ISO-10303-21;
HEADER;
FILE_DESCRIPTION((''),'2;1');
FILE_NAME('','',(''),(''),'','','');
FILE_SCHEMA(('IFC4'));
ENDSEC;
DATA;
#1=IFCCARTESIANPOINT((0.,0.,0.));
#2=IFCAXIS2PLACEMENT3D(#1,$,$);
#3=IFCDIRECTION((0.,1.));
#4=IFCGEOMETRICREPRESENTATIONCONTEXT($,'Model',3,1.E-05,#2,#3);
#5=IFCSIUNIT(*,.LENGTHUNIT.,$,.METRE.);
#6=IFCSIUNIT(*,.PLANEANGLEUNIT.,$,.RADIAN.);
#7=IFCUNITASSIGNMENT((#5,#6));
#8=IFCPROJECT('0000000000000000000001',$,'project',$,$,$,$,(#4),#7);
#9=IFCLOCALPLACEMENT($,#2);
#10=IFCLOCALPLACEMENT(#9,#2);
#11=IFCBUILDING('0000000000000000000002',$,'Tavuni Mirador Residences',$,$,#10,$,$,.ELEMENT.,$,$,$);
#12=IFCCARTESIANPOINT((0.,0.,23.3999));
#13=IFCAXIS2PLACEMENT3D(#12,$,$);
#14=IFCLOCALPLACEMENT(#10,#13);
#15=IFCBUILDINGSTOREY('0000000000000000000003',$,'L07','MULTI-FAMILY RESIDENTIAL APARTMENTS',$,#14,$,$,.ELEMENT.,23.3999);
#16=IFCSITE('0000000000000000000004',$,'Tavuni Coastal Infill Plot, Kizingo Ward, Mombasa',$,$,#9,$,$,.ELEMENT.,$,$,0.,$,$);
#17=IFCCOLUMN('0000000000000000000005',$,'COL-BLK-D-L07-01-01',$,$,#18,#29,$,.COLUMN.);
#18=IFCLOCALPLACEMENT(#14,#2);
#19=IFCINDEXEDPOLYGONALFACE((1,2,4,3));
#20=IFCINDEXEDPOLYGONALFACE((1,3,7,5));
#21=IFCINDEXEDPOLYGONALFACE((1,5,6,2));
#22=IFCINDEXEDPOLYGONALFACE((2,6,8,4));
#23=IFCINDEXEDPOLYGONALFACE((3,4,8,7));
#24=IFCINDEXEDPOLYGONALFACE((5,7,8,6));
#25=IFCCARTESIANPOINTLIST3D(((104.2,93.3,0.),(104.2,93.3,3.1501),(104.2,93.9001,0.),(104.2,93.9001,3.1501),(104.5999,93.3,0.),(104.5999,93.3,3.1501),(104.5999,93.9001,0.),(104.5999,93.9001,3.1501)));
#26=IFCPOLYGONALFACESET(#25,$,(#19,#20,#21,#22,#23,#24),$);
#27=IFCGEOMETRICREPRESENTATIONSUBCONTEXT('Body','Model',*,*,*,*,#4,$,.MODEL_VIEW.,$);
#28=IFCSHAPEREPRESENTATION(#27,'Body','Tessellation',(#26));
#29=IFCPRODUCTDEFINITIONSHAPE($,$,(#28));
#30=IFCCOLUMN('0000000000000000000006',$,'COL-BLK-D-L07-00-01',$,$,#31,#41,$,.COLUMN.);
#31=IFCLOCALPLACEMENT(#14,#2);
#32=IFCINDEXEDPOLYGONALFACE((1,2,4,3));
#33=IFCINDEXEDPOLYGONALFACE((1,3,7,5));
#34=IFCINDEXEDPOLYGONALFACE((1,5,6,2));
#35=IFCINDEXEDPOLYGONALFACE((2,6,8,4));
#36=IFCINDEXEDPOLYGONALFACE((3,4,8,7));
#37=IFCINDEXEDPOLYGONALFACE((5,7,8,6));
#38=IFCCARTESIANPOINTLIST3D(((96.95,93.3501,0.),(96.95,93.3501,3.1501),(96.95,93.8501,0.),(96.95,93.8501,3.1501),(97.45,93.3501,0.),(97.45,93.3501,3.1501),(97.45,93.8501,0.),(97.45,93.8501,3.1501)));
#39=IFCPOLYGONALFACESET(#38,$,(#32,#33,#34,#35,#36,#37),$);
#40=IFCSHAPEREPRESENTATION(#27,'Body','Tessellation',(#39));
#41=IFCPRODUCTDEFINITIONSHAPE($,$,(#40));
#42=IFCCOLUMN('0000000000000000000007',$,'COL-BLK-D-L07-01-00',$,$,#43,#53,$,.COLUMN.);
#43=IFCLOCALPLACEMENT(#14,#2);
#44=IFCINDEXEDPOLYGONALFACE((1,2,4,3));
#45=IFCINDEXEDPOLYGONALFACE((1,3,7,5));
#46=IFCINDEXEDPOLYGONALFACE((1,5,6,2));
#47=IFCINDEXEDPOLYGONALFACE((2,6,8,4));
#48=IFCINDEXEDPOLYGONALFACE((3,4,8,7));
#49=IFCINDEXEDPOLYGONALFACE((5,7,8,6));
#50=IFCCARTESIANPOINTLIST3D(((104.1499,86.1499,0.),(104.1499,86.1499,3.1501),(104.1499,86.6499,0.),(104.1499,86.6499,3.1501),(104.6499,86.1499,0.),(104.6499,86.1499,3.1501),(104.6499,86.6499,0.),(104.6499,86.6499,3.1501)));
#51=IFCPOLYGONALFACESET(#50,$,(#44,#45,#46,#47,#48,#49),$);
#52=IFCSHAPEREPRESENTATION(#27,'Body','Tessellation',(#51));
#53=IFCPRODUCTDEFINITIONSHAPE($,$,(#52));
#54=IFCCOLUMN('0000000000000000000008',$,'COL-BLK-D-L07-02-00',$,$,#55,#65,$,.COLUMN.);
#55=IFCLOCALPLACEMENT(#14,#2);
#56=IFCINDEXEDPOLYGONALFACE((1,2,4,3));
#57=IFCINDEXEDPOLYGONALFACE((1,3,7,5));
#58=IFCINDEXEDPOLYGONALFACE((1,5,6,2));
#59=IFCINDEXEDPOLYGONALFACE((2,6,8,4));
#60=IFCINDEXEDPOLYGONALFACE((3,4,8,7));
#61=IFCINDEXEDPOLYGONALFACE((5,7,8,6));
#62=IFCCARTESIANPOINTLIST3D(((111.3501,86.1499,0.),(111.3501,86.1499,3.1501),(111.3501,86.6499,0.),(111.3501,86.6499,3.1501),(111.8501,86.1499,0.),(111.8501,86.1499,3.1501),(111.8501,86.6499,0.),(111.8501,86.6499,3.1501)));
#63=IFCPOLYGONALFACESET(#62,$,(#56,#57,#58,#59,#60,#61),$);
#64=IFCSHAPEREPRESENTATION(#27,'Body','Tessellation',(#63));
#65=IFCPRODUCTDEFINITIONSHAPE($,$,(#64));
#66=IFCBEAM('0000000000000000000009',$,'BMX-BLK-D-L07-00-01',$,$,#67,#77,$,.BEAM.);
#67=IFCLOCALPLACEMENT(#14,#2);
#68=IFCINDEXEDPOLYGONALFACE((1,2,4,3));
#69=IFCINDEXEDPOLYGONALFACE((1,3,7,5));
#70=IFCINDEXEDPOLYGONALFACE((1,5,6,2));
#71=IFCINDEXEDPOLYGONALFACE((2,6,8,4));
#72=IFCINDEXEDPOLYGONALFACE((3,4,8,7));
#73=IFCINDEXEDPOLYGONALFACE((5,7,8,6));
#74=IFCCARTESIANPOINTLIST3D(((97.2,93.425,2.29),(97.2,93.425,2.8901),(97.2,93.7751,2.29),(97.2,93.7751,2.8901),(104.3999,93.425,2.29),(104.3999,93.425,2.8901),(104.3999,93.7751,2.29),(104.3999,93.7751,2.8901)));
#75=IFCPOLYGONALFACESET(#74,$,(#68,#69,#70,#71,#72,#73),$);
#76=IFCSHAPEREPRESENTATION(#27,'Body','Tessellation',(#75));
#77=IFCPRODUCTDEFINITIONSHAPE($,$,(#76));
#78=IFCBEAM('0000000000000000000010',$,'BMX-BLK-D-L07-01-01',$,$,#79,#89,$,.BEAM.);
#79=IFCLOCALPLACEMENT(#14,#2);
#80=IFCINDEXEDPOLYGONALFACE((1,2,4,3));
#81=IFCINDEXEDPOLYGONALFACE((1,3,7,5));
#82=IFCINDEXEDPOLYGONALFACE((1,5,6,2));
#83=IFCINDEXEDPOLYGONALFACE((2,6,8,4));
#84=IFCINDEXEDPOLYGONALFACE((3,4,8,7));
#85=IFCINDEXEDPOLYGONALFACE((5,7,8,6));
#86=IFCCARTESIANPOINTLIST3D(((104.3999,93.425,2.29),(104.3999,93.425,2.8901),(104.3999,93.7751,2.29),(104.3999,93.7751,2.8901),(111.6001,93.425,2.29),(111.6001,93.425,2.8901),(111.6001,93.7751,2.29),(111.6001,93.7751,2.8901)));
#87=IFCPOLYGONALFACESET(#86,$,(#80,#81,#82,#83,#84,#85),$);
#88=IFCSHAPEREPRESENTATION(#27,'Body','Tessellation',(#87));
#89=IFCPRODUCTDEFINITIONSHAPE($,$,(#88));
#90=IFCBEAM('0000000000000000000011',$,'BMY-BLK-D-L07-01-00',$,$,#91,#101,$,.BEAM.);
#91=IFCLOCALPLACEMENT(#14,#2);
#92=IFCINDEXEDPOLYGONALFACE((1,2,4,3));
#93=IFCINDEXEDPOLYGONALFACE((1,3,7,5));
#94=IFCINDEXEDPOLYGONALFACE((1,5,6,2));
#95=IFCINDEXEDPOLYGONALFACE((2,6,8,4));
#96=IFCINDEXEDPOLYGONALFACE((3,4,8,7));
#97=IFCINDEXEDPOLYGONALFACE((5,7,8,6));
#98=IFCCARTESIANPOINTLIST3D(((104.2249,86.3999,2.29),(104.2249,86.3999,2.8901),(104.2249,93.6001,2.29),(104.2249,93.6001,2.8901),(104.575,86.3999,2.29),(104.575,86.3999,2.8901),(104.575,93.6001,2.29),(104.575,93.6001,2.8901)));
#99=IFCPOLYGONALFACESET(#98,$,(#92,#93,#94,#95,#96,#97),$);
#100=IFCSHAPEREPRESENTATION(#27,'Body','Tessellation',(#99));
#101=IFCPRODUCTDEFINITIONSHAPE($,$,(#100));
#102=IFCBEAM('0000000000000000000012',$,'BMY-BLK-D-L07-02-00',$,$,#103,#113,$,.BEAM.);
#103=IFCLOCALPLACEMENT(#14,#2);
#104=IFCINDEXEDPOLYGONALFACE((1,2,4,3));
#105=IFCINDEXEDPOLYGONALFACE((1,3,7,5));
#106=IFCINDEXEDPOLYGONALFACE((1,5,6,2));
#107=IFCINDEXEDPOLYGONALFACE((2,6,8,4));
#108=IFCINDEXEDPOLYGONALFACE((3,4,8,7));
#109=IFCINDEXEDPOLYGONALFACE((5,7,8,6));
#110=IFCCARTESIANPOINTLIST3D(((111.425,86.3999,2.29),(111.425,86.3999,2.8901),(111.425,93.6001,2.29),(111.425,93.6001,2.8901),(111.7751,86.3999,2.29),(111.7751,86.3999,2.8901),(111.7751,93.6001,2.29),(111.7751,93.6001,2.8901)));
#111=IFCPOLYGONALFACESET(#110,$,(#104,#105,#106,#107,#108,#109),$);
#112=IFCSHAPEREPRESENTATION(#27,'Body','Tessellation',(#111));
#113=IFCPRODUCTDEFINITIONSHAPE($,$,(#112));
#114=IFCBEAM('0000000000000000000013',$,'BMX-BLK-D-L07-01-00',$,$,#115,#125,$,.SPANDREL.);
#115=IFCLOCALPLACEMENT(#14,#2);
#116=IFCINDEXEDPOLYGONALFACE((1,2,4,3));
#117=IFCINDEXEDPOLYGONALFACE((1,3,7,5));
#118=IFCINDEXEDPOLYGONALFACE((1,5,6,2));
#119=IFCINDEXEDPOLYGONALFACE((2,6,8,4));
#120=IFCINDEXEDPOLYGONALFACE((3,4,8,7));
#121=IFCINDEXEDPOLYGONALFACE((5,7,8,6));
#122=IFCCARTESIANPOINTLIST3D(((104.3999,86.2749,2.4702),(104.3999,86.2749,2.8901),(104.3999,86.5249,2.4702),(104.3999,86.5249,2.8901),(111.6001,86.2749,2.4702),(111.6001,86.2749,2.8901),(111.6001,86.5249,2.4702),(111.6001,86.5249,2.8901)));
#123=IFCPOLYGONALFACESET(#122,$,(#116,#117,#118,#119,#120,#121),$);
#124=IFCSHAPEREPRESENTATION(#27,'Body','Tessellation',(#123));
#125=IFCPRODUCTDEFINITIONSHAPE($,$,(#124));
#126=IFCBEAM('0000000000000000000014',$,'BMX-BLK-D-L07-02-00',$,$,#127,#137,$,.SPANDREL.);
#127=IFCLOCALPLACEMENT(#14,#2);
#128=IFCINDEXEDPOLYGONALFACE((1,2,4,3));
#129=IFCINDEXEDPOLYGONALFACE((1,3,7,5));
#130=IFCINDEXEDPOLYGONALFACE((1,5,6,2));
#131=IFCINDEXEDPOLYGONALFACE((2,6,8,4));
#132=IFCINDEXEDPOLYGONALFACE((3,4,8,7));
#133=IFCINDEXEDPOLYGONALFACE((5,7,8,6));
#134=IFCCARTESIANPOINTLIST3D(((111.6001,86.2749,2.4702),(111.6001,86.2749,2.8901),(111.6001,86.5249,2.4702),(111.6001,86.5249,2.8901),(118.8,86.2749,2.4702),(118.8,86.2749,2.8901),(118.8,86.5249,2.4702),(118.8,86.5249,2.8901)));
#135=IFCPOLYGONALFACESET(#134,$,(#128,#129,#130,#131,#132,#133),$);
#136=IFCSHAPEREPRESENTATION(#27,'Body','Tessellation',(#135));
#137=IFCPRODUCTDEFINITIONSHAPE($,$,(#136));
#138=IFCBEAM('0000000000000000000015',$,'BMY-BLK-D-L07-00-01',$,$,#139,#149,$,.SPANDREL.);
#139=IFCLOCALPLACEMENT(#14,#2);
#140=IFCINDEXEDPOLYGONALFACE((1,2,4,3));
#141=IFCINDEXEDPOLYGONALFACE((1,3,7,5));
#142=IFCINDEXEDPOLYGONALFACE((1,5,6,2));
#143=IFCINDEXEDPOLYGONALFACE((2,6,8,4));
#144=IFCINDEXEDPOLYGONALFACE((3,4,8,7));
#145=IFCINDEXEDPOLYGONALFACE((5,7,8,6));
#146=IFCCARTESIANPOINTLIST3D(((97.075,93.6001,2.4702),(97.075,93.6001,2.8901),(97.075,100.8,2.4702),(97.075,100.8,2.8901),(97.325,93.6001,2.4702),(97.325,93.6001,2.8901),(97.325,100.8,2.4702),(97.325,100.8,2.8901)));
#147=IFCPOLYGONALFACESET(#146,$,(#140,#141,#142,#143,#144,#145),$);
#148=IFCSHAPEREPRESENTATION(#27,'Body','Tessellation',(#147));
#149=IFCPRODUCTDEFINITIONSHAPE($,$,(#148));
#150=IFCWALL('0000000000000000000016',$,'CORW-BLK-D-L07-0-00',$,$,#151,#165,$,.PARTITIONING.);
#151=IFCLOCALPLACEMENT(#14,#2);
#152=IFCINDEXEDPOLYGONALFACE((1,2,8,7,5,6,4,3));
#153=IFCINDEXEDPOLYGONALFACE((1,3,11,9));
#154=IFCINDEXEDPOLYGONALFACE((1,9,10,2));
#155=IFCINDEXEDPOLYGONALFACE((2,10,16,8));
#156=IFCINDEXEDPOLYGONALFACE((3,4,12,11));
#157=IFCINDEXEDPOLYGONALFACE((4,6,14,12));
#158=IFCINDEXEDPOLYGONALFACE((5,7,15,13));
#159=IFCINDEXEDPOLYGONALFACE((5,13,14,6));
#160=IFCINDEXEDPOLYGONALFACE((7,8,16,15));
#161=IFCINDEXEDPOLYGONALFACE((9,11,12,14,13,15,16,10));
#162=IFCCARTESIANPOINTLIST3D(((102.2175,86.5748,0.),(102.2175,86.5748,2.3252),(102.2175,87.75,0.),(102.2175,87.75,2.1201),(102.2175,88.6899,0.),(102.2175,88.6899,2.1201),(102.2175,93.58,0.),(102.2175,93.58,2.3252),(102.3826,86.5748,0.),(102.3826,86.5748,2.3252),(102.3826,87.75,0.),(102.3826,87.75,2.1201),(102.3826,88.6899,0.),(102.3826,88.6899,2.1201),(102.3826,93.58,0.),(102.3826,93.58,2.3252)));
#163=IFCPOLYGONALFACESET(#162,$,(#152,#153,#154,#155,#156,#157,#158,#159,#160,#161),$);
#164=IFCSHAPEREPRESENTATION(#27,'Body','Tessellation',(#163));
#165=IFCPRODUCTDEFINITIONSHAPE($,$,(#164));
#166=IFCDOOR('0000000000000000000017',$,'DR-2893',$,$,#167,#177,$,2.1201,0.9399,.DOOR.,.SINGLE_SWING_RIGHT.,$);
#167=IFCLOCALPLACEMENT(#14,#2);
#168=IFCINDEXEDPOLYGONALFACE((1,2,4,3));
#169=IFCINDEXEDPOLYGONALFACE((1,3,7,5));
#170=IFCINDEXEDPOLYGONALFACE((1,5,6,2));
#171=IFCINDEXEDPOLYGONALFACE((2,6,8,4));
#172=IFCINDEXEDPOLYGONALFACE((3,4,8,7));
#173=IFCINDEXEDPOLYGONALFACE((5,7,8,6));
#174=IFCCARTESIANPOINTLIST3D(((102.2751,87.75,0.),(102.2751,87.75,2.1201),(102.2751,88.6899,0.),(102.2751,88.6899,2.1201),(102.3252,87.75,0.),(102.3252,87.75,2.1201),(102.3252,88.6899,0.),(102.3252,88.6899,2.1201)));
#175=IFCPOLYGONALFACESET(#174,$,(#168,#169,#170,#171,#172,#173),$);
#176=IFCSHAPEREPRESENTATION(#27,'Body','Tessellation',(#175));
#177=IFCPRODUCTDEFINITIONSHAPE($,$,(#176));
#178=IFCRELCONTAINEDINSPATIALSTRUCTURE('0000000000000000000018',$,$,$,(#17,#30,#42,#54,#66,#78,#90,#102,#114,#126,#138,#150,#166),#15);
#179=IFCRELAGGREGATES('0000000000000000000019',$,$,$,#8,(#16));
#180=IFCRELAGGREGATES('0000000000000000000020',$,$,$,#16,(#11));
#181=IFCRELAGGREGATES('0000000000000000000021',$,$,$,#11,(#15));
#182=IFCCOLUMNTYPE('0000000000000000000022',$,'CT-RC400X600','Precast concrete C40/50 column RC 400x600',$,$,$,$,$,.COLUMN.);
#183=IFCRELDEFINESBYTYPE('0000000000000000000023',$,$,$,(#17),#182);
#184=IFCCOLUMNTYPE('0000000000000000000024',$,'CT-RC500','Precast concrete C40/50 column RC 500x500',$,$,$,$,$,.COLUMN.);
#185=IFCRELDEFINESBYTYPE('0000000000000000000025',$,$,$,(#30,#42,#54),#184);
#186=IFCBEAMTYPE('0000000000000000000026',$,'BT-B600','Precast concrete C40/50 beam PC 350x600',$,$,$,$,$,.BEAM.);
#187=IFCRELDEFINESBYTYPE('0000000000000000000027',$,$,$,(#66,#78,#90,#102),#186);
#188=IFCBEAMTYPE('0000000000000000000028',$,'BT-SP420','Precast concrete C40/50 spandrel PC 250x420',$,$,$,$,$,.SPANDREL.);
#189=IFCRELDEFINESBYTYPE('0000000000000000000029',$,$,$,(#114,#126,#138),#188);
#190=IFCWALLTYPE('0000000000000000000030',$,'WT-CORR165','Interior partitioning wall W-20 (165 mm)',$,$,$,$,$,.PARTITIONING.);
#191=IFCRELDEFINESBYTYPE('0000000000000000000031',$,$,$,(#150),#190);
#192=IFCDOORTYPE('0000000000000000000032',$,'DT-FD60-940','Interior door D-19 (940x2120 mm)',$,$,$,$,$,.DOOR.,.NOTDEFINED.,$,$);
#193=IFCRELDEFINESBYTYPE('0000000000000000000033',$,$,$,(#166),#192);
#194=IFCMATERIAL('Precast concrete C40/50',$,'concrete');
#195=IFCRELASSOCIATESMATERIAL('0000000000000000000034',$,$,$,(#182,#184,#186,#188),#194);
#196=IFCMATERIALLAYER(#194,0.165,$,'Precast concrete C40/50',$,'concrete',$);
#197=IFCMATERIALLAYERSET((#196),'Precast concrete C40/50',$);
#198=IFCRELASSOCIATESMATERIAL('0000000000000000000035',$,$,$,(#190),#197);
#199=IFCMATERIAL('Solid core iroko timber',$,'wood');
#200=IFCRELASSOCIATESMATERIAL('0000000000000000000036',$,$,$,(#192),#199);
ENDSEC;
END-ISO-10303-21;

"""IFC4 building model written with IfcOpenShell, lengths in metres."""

from ifc_helpers import new_model, si_unit, direction, frame, frame_2d, origin, origin_2d, place, context, subcontext, project, spatial, rectangle, extrude, material, layer, layer_set, material_profile, profile_set, type_object, element, fill, save


model = new_model("IFC4")

# Units and contexts
model_context = context("Model", 3, precision=1e-05, world=origin(), true_north=direction((0.0, 1.0)))
body_context = subcontext(model_context, "Body", "Model", "MODEL_VIEW")
ifc_project = project(units=[si_unit("LENGTHUNIT", "METRE"), si_unit("PLANEANGLEUNIT", "RADIAN")], contexts=[model_context])

# Site, building, storey
site_placement = place(None, origin())
site = spatial("IfcSite", under=ifc_project, at=site_placement, Name="Tavuni Coastal Infill Plot, Kizingo Ward, Mombasa", CompositionType="ELEMENT", RefElevation=0.0)
building_placement = place(site_placement, origin())
building = spatial("IfcBuilding", under=site, at=building_placement, Name="Tavuni Mirador Residences", CompositionType="ELEMENT")
storey_placement = place(building_placement, frame((0.0, 0.0, 23.3999)))
storey = spatial("IfcBuildingStorey", under=building, at=storey_placement, Name="L07", Description="MULTI-FAMILY RESIDENTIAL APARTMENTS", CompositionType="ELEMENT", Elevation=23.3999)

# Columns
ifc_material_1 = material(Name="Precast concrete C40/50", Category="concrete")
ifc_material_profile_1 = material_profile(ifc_material_1, rectangle(XDim=0.3999, YDim=0.6001, at=origin_2d()), Name="RC 400x600", Category="concrete")
ifc_profile_set_1 = profile_set([ifc_material_profile_1], Name="Precast concrete C40/50")
column_type_1 = type_object("IfcColumnType", Name="CT-RC400X600", Description="Precast concrete C40/50 column RC 400x600", PredefinedType="COLUMN", material=ifc_profile_set_1)
column_placement = place(storey_placement, frame((104.3999, 93.6001, 0.0), z_axis=(0.0, 0.0, 1.0), x_axis=(1.0, 0.0, 0.0)))
element("IfcColumn", 1, at=column_placement, inside=storey, type_object=column_type_1, Name="COL-BLK-D-L07-01-01", PredefinedType="COLUMN", context=body_context, shape_type="SweptSolid", body=[
    extrude(rectangle(XDim=0.3999, YDim=0.6001, at=origin_2d()), origin(), (0.0, 0.0, 1.0), 3.1501),
])
ifc_material_profile_2 = material_profile(ifc_material_1, rectangle(XDim=0.5, YDim=0.5, at=origin_2d()), Name="RC 500x500", Category="concrete")
ifc_profile_set_2 = profile_set([ifc_material_profile_2], Name="Precast concrete C40/50")
column_type_2 = type_object("IfcColumnType", Name="CT-RC500", Description="Precast concrete C40/50 column RC 500x500", PredefinedType="COLUMN", material=ifc_profile_set_2)
for number, where, z_axis, x_axis, name in (
    (2, (97.2, 93.6001, 0.0), (0.0, 0.0, 1.0), (1.0, 0.0, 0.0), "COL-BLK-D-L07-00-01"),
    (3, (104.3999, 86.3999, 0.0), (0.0, 0.0, 1.0), (1.0, 0.0, 0.0), "COL-BLK-D-L07-01-00"),
    (4, (111.6001, 86.3999, 0.0), (0.0, 0.0, 1.0), (1.0, 0.0, 0.0), "COL-BLK-D-L07-02-00"),
):
    element("IfcColumn", number, at=place(storey_placement, frame(where, z_axis=z_axis, x_axis=x_axis)), inside=storey, type_object=column_type_2, Name=name, PredefinedType="COLUMN", context=body_context, shape_type="SweptSolid", body=[
        extrude(rectangle(XDim=0.5, YDim=0.5, at=origin_2d()), origin(), (0.0, 0.0, 1.0), 3.1501),
    ])

# Beams
ifc_material_profile_3 = material_profile(ifc_material_1, rectangle(XDim=0.3501, YDim=0.6001, at=origin_2d()), Name="PC 350x600", Category="concrete")
ifc_profile_set_3 = profile_set([ifc_material_profile_3], Name="Precast concrete C40/50")
beam_type_1 = type_object("IfcBeamType", Name="BT-B600", Description="Precast concrete C40/50 beam PC 350x600", PredefinedType="BEAM", material=ifc_profile_set_3)
beam_1_placement = place(storey_placement, frame((97.2, 93.6001, 2.5901), z_axis=(1.0, 0.0, 0.0), x_axis=(0.0, 1.0, 0.0)))
element("IfcBeam", 5, at=beam_1_placement, inside=storey, type_object=beam_type_1, Name="BMX-BLK-D-L07-00-01", PredefinedType="BEAM", context=body_context, shape_type="SweptSolid", body=[
    extrude(rectangle(XDim=0.3501, YDim=0.6001, at=origin_2d()), origin(), (0.0, 0.0, 1.0), 7.2),
])
for number, where, z_axis, x_axis, name in (
    (6, (104.3999, 93.6001, 2.5901), (1.0, 0.0, 0.0), (0.0, 1.0, 0.0), "BMX-BLK-D-L07-01-01"),
    (7, (104.3999, 86.3999, 2.5901), (0.0, 1.0, 0.0), (-1.0, 0.0, 0.0), "BMY-BLK-D-L07-01-00"),
    (8, (111.6001, 86.3999, 2.5901), (0.0, 1.0, 0.0), (-1.0, 0.0, 0.0), "BMY-BLK-D-L07-02-00"),
):
    element("IfcBeam", number, at=place(storey_placement, frame(where, z_axis=z_axis, x_axis=x_axis)), inside=storey, type_object=beam_type_1, Name=name, PredefinedType="BEAM", context=body_context, shape_type="SweptSolid", body=[
        extrude(rectangle(XDim=0.3501, YDim=0.6001, at=origin_2d()), origin(), (0.0, 0.0, 1.0), 7.2002),
    ])
ifc_material_profile_4 = material_profile(ifc_material_1, rectangle(XDim=0.25, YDim=0.4199, at=origin_2d()), Name="PC 250x420", Category="concrete")
ifc_profile_set_4 = profile_set([ifc_material_profile_4], Name="Precast concrete C40/50")
beam_type_2 = type_object("IfcBeamType", Name="BT-SP420", Description="Precast concrete C40/50 spandrel PC 250x420", PredefinedType="SPANDREL", material=ifc_profile_set_4)
beam_2_placement = place(storey_placement, frame((104.3999, 86.3999, 2.6802), z_axis=(1.0, 0.0, 0.0), x_axis=(0.0, 1.0, 0.0)))
element("IfcBeam", 9, at=beam_2_placement, inside=storey, type_object=beam_type_2, Name="BMX-BLK-D-L07-01-00", PredefinedType="SPANDREL", context=body_context, shape_type="SweptSolid", body=[
    extrude(rectangle(XDim=0.25, YDim=0.4199, at=origin_2d()), origin(), (0.0, 0.0, 1.0), 7.2002),
])
for number, where, z_axis, x_axis, name in (
    (10, (111.6001, 86.3999, 2.6802), (1.0, 0.0, 0.0), (0.0, 1.0, 0.0), "BMX-BLK-D-L07-02-00"),
    (11, (97.2, 93.6001, 2.6802), (0.0, 1.0, 0.0), (-1.0, 0.0, 0.0), "BMY-BLK-D-L07-00-01"),
):
    element("IfcBeam", number, at=place(storey_placement, frame(where, z_axis=z_axis, x_axis=x_axis)), inside=storey, type_object=beam_type_2, Name=name, PredefinedType="SPANDREL", context=body_context, shape_type="SweptSolid", body=[
        extrude(rectangle(XDim=0.25, YDim=0.4199, at=origin_2d()), origin(), (0.0, 0.0, 1.0), 7.2),
    ])

# Wall, opening, door
ifc_layer_1 = layer(ifc_material_1, 0.165, Name="Precast concrete C40/50", Category="concrete")
ifc_layer_set_1 = layer_set([ifc_layer_1], Name="Precast concrete C40/50")
wall_type_1 = type_object("IfcWallType", Name="WT-CORR165", Description="Interior partitioning wall W-20 (165 mm)", PredefinedType="PARTITIONING", material=ifc_layer_set_1)
wall_1_placement = place(storey_placement, frame((102.3, 86.575, 0.0), z_axis=(0.0, 0.0, 1.0), x_axis=(0.0, 1.0, 0.0)))
wall_1 = element("IfcWall", 12, at=wall_1_placement, inside=storey, type_object=wall_type_1, Name="CORW-BLK-D-L07-0-00", PredefinedType="PARTITIONING", context=body_context, shape_type="SweptSolid", body=[
    extrude(rectangle(XDim=7.0051, YDim=0.165, at=frame_2d((3.5024, 0.0))), origin(), (0.0, 0.0, 1.0), 2.3252),
])
opening_1_placement = place(wall_1_placement, frame((1.175, 0.0, 0.0)))
opening_1 = element("IfcOpeningElement", 13, at=opening_1_placement, cuts=wall_1, PredefinedType="OPENING", context=body_context, shape_type="SweptSolid", body=[
    extrude(rectangle(XDim=0.9399, YDim=2.1201, at=frame_2d((0.47, 1.0601))), frame((0.0, 0.0925, 0.0), z_axis=(0.0, -1.0, 0.0), x_axis=(1.0, 0.0, 0.0)), (0.0, 0.0, 1.0), 0.1851),
])
ifc_material_2 = material(Name="Solid core iroko timber", Category="wood")
door_type_1 = type_object("IfcDoorType", Name="DT-FD60-940", Description="Interior door D-19 (940x2120 mm)", OperationType="NOTDEFINED", PredefinedType="DOOR", material=ifc_material_2)
door_1_placement = place(opening_1_placement, origin())
door_1 = element("IfcDoor", 14, at=door_1_placement, inside=storey, type_object=door_type_1, Name="DR-2893", OperationType="SINGLE_SWING_RIGHT", OverallHeight=2.1201, OverallWidth=0.9399, PredefinedType="DOOR", context=body_context, shape_type="SweptSolid", body=[
    extrude(rectangle(XDim=0.9399, YDim=2.1201, at=frame_2d((0.47, 1.0601))), frame((0.0, 0.0249, 0.0), z_axis=(0.0, -1.0, 0.0), x_axis=(1.0, 0.0, 0.0)), (0.0, 0.0, 1.0), 0.05),
])
fill(opening_1, door_1)

save(model, "model.ifc")
